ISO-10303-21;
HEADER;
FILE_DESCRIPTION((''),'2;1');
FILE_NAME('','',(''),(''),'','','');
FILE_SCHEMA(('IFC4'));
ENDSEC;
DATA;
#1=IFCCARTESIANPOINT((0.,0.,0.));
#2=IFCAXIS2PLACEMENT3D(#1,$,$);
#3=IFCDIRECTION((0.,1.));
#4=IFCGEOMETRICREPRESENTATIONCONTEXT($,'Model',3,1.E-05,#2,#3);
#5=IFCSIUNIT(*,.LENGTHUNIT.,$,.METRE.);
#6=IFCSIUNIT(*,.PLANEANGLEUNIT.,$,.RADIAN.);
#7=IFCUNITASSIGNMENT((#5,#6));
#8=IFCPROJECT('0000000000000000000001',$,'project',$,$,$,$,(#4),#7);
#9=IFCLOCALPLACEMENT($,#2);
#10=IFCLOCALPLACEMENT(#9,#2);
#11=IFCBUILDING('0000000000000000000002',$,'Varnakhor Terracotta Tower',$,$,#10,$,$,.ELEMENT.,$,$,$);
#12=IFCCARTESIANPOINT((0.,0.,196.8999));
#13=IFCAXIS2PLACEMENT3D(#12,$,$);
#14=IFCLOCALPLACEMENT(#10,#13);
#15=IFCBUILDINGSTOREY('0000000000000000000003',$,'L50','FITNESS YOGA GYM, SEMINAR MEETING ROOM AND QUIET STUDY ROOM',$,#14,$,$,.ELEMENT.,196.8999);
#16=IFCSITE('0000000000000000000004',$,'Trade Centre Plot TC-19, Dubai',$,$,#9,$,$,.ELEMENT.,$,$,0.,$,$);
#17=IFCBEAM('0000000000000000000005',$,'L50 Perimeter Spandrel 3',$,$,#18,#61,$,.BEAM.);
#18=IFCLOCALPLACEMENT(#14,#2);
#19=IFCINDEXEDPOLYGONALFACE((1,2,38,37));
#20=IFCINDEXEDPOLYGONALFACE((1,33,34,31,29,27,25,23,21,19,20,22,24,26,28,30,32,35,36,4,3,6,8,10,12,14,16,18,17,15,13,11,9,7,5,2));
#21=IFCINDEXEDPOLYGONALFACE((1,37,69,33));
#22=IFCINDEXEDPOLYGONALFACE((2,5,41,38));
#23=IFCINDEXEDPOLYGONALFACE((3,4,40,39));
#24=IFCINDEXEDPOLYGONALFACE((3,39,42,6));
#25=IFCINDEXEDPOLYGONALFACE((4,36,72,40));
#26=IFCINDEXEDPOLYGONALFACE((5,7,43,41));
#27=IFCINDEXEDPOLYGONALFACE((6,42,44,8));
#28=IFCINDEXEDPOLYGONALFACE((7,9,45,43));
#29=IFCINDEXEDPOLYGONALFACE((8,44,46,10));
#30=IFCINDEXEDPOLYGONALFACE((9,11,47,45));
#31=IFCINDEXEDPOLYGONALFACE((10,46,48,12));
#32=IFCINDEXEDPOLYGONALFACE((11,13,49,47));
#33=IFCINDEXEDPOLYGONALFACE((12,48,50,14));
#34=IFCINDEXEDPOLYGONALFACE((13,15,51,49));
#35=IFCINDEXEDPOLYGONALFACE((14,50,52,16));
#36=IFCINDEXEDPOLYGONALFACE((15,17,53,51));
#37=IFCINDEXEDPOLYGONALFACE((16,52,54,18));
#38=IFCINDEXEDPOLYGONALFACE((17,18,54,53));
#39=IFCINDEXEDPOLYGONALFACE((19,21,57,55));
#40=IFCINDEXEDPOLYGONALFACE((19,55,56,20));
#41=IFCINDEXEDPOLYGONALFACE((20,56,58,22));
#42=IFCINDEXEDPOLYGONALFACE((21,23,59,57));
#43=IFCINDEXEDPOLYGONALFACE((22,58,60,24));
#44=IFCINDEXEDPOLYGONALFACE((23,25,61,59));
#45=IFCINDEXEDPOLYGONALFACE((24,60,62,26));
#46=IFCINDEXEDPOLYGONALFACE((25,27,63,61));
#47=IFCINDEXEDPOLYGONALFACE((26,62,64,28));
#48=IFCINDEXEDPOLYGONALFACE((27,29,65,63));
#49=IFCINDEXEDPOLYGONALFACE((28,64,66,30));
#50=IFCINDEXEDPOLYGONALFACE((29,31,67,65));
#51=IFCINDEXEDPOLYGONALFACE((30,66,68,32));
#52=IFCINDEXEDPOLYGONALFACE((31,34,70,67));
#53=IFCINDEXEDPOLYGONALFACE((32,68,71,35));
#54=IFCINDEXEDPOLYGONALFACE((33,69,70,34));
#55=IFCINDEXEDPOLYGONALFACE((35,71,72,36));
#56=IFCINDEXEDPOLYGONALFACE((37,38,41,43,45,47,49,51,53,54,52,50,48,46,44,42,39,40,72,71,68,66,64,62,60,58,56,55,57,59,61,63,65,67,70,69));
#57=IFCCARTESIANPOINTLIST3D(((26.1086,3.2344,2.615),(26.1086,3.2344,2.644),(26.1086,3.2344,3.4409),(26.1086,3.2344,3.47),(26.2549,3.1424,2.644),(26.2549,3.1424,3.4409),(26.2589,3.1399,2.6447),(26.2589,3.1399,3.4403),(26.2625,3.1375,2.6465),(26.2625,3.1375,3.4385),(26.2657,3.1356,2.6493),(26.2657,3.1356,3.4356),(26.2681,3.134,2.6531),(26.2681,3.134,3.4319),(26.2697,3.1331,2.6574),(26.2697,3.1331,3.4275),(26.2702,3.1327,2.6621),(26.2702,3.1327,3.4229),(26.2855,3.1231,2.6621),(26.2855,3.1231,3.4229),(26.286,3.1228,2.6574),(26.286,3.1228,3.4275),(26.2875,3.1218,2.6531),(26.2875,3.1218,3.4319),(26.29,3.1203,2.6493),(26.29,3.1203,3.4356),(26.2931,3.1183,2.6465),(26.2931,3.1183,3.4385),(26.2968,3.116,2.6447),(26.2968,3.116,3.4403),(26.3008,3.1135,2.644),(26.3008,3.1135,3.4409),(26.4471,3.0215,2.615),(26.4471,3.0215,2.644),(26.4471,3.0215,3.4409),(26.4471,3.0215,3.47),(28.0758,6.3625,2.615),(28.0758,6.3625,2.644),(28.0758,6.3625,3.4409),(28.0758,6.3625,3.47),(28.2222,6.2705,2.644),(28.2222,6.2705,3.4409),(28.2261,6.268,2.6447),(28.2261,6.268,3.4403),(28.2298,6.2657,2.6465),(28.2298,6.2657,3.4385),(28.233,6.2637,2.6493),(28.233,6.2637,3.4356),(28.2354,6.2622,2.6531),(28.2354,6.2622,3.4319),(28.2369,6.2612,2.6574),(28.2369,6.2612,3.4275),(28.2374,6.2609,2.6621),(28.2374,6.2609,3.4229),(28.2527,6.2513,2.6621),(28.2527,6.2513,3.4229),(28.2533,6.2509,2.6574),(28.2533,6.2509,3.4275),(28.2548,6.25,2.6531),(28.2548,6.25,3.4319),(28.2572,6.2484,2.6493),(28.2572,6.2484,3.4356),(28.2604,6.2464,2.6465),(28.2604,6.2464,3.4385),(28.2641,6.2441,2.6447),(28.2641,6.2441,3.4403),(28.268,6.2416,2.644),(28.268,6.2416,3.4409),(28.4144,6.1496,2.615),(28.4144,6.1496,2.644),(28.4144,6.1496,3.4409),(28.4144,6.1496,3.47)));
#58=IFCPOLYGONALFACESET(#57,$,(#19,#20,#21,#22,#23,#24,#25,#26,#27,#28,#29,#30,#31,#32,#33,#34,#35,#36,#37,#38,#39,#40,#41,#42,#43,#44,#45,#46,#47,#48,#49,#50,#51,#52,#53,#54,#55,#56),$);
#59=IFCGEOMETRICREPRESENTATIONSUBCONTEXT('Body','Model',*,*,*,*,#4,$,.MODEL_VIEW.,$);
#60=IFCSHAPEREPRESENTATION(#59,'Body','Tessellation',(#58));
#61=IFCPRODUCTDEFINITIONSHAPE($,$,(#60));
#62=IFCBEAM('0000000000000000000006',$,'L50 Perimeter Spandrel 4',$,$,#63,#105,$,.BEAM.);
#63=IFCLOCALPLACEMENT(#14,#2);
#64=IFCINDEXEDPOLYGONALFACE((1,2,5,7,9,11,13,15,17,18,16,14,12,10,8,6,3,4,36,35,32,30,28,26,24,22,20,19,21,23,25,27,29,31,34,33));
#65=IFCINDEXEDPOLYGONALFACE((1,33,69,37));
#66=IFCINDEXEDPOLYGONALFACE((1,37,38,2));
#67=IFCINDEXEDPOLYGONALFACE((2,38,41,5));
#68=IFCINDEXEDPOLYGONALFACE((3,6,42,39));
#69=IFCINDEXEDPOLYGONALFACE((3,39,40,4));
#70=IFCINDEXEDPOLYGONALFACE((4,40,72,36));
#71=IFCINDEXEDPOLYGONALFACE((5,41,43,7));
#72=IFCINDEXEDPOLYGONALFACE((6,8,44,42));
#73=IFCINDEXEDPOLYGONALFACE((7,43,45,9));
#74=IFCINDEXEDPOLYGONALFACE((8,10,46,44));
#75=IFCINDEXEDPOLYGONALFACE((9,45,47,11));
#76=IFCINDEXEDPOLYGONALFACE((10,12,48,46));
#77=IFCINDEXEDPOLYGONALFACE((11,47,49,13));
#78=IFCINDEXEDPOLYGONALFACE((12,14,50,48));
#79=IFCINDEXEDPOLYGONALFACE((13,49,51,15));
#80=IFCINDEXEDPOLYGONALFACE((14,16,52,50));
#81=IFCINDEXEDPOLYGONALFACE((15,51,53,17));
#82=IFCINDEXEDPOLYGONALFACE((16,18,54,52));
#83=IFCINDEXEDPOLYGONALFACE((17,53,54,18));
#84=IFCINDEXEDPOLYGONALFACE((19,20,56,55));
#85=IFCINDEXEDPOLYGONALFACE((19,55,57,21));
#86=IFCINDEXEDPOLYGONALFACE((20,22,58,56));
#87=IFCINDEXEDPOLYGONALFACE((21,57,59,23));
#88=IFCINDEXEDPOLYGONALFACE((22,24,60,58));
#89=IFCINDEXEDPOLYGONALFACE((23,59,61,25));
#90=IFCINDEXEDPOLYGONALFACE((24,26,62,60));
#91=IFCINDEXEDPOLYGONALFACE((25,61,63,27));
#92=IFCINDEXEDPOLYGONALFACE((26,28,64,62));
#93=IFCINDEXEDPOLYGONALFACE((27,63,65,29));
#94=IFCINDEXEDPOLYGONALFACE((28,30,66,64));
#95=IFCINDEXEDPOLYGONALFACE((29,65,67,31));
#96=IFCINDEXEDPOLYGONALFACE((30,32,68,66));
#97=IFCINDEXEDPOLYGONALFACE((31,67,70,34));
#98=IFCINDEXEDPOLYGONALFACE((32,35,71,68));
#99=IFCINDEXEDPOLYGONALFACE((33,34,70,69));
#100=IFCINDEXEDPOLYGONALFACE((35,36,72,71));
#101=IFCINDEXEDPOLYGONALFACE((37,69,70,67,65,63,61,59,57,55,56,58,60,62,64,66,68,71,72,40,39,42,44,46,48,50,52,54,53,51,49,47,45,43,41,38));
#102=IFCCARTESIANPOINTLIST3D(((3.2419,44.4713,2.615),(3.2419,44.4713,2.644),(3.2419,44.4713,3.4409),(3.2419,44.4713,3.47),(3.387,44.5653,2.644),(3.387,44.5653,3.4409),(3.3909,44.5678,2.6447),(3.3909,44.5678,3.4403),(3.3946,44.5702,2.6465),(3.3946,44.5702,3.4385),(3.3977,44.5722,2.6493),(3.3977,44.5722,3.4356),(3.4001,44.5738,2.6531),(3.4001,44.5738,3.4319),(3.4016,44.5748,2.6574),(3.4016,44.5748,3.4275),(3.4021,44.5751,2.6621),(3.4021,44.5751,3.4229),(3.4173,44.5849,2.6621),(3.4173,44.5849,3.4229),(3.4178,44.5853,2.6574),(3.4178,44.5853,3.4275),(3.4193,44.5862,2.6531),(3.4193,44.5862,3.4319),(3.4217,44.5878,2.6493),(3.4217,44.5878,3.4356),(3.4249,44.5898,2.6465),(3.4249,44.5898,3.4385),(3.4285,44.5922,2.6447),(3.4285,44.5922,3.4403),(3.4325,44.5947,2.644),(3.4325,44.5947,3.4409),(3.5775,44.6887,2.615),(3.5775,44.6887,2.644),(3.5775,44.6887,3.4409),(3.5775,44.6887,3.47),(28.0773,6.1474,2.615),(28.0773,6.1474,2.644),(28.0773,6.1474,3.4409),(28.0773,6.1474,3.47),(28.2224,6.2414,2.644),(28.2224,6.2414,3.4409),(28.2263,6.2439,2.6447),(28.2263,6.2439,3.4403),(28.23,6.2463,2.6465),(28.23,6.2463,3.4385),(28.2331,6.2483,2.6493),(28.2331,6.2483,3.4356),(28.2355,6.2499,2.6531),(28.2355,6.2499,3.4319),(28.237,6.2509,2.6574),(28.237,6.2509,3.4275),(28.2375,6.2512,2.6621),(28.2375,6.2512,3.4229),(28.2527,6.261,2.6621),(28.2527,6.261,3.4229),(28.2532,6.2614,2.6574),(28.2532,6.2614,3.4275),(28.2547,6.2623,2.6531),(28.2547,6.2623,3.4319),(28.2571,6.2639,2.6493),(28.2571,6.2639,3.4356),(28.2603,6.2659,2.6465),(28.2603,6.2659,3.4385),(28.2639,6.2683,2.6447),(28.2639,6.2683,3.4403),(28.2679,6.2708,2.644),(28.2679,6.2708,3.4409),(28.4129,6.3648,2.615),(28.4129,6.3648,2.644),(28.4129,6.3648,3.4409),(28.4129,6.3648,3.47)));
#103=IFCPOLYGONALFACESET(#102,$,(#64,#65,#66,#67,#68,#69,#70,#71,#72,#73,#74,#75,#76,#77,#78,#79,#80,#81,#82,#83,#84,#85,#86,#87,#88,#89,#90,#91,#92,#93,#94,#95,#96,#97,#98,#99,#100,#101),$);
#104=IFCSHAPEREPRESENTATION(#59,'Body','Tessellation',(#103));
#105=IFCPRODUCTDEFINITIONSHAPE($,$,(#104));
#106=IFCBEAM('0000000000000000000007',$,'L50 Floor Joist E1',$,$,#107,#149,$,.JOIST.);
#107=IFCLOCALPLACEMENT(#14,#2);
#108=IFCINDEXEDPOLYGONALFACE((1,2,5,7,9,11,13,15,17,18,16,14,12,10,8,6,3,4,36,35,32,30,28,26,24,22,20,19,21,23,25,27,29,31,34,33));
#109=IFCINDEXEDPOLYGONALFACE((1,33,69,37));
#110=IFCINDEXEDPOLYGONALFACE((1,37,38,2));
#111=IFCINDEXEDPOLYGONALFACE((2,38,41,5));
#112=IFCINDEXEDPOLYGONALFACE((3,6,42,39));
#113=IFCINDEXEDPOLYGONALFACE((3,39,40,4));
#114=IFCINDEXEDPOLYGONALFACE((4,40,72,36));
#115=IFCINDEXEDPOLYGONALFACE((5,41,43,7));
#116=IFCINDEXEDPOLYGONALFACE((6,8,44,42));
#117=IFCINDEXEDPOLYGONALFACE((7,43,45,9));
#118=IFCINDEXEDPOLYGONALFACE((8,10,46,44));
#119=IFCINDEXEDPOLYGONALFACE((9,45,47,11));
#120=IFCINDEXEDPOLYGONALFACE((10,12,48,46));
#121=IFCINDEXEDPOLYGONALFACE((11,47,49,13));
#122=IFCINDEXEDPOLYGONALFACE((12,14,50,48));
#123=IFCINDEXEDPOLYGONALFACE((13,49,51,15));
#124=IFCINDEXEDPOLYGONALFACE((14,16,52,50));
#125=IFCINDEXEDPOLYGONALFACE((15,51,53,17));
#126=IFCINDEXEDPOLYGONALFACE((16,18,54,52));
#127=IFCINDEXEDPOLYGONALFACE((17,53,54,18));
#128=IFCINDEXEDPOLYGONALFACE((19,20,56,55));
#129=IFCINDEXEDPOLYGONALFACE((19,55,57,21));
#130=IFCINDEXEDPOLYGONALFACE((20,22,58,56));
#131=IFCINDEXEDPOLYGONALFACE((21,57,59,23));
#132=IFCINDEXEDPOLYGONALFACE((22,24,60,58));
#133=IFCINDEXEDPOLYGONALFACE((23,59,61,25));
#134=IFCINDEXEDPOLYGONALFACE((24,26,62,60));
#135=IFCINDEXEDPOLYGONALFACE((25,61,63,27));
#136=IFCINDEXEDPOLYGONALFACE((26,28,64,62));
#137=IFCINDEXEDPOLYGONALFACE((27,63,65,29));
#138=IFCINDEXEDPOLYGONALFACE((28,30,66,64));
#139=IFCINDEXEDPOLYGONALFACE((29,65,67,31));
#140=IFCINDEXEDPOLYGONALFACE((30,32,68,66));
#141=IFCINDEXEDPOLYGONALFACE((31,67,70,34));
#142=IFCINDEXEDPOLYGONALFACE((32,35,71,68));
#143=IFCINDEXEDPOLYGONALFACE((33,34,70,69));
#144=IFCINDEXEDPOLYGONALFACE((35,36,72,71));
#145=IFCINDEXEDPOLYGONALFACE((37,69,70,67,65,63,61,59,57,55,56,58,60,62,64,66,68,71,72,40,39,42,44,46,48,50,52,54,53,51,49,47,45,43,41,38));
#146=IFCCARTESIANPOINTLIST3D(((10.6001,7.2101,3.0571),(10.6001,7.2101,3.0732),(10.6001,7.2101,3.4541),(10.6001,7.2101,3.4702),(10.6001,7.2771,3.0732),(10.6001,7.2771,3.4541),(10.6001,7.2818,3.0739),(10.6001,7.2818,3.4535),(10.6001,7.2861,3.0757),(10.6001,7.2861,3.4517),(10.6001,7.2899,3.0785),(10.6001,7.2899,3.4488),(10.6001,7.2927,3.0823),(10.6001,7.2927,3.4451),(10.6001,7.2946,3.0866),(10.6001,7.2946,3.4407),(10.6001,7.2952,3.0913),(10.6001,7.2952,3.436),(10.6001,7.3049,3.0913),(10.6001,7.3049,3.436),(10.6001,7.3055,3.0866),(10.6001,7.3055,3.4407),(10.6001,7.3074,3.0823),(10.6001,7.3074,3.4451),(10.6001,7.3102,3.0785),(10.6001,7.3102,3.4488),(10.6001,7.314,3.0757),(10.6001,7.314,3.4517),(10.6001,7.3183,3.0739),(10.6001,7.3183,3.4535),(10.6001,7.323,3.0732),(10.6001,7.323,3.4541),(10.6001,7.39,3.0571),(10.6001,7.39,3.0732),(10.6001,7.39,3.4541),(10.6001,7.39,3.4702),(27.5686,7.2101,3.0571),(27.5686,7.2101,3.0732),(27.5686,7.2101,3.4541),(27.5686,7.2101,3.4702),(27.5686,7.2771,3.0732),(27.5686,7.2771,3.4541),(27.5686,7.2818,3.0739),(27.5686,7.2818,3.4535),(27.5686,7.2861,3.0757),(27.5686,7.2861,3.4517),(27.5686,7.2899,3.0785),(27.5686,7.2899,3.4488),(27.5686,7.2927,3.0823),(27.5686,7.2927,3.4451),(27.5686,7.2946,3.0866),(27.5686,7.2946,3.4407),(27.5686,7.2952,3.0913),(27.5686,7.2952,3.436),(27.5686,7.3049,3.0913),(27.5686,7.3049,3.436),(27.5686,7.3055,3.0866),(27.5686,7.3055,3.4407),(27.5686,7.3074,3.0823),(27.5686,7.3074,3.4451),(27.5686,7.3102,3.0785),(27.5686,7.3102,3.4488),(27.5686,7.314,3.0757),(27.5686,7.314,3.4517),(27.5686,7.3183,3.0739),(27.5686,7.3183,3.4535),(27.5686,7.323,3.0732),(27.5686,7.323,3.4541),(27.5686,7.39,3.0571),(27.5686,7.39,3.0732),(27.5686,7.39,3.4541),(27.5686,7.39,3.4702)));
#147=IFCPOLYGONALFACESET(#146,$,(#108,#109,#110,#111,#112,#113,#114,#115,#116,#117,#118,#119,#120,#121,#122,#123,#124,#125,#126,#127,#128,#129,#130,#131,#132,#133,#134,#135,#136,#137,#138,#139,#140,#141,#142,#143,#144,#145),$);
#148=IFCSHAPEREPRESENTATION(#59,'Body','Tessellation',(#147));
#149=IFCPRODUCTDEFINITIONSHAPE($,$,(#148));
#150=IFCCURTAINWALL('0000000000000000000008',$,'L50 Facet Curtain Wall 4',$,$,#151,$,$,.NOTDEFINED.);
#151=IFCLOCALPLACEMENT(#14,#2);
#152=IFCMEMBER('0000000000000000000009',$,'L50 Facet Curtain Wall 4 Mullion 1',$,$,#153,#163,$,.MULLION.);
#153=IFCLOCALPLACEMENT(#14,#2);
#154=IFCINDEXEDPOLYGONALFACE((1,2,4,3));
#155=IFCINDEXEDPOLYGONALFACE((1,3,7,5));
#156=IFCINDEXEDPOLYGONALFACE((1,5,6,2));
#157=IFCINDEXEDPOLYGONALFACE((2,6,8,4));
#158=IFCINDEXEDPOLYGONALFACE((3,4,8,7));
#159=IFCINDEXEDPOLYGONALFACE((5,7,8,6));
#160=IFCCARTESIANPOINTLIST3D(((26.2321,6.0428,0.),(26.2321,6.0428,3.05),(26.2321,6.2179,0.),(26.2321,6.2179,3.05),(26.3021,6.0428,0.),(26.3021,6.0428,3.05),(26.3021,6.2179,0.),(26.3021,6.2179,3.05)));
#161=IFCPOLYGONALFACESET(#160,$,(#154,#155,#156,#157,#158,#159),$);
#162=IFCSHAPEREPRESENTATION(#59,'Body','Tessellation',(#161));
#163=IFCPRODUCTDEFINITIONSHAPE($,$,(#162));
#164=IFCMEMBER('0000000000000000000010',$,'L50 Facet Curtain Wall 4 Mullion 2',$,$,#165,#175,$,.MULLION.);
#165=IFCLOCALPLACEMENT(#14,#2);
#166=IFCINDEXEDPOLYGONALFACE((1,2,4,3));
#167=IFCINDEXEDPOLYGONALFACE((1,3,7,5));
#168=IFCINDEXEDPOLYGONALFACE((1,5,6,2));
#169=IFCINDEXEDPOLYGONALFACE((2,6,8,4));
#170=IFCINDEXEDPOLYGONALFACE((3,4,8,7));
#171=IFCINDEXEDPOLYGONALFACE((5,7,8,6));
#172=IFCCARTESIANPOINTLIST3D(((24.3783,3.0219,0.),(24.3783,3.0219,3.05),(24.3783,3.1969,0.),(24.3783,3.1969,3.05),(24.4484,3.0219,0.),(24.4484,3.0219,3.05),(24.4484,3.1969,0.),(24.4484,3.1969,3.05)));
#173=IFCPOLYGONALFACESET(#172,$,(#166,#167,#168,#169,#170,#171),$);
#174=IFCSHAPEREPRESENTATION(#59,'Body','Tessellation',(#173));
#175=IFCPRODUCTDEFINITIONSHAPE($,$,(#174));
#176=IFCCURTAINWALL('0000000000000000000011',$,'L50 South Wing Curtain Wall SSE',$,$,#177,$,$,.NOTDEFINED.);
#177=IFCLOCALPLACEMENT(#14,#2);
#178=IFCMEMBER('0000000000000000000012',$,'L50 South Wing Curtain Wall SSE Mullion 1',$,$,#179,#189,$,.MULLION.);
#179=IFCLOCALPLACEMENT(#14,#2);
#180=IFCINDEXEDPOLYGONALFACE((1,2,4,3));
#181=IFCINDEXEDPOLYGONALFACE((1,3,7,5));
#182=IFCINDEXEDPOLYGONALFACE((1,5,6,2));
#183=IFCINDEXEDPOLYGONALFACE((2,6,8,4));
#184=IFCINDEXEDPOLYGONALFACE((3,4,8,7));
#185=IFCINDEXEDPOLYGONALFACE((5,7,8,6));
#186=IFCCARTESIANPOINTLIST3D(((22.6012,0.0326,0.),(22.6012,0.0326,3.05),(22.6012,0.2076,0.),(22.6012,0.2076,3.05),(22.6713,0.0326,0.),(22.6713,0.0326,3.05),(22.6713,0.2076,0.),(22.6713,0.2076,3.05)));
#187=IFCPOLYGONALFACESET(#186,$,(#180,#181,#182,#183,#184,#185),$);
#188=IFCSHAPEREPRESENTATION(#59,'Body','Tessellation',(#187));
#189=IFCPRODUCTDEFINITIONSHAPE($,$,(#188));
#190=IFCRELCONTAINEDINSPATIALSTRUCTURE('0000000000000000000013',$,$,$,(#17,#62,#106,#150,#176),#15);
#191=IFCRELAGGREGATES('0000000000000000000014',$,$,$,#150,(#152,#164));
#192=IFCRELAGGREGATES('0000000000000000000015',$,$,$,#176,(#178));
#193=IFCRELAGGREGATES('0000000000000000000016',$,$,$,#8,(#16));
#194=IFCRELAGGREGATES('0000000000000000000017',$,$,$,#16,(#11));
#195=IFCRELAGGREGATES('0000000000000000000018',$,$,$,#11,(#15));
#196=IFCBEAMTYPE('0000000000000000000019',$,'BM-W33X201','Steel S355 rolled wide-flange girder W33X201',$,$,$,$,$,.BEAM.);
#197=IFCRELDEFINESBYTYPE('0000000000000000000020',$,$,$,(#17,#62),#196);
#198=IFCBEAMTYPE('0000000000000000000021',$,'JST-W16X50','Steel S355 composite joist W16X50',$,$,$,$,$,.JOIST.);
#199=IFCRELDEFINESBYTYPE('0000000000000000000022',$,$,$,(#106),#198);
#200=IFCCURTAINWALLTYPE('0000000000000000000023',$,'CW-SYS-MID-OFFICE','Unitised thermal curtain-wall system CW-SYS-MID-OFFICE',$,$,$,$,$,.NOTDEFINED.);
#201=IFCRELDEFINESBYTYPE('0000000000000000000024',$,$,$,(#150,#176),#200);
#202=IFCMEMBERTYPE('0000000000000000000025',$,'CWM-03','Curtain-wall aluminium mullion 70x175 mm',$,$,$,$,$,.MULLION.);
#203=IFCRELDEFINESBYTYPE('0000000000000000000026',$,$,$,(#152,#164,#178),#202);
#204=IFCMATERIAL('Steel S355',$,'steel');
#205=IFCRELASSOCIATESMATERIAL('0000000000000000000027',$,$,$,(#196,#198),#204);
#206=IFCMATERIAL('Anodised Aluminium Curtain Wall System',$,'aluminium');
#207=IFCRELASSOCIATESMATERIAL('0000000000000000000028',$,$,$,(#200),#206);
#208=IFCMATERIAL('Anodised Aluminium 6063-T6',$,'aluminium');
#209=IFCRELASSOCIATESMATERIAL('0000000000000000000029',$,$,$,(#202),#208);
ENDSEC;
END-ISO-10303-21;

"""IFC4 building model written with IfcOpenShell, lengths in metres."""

from ifc_helpers import new_model, si_unit, direction, frame, origin, origin_2d, place, context, subcontext, project, spatial, rectangle, i_section, extrude, source, transform, mapped, material, material_profile, profile_set, type_object, element, aggregate, save


model = new_model("IFC4")

# Units and contexts
model_context = context("Model", 3, precision=1e-05, world=origin(), true_north=direction((0.0, 1.0)))
body_context = subcontext(model_context, "Body", "Model", "MODEL_VIEW")
ifc_project = project(units=[si_unit("LENGTHUNIT", "METRE"), si_unit("PLANEANGLEUNIT", "RADIAN")], contexts=[model_context])

# Site, building, storey
site_placement = place(None, origin())
site = spatial("IfcSite", under=ifc_project, at=site_placement, Name="Trade Centre Plot TC-19, Dubai", CompositionType="ELEMENT", RefElevation=0.0)
building_placement = place(site_placement, origin())
building = spatial("IfcBuilding", under=site, at=building_placement, Name="Varnakhor Terracotta Tower", CompositionType="ELEMENT")
storey_placement = place(building_placement, frame((0.0, 0.0, 196.8999)))
storey = spatial("IfcBuildingStorey", under=building, at=storey_placement, Name="L50", Description="FITNESS YOGA GYM, SEMINAR MEETING ROOM AND QUIET STUDY ROOM", CompositionType="ELEMENT", Elevation=196.8999)

# Beams
ifc_material_1 = material(Name="Steel S355", Category="steel")
ifc_material_profile_1 = material_profile(ifc_material_1, i_section(OverallWidth=0.3999, OverallDepth=0.855, WebThickness=0.0181, FlangeThickness=0.0291, FilletRadius=0.0181, at=origin_2d()), Name="W33X201")
ifc_profile_set_1 = profile_set([ifc_material_profile_1], Name="Steel S355")
beam_type_1 = type_object("IfcBeamType", Name="BM-W33X201", Description="Steel S355 rolled wide-flange girder W33X201", PredefinedType="BEAM", material=ifc_profile_set_1)
shared_shape_1 = source(origin(), body_context, "Body", "SweptSolid", [
    extrude(i_section(OverallWidth=0.3999, OverallDepth=0.855, WebThickness=0.0181, FlangeThickness=0.0291, FilletRadius=0.0181, at=origin_2d()), origin(), (0.0, 0.0, 1.0), 3.6953),
])
beam_1_placement = place(storey_placement, frame((26.2778, 3.1279, 3.0425), z_axis=(0.532366, 0.846514, 0.0), x_axis=(-0.846514, 0.532366, 0.0)))
element("IfcBeam", 1, at=beam_1_placement, inside=storey, type_object=beam_type_1, Name="L50 Perimeter Spandrel 3", PredefinedType="BEAM", context=body_context, shape_type="MappedRepresentation", body=[
    mapped(shared_shape_1, transform((0.0, 0.0, 0.0), scale=1.0)),
])
shared_shape_2 = source(origin(), body_context, "Body", "SweptSolid", [
    extrude(i_section(OverallWidth=0.3999, OverallDepth=0.855, WebThickness=0.0181, FlangeThickness=0.0291, FilletRadius=0.0181, at=origin_2d()), origin(), (0.0, 0.0, 1.0), 45.6675),
])
beam_2_placement = place(storey_placement, frame((28.2451, 6.2561, 3.0425), z_axis=(-0.543831, 0.839195, 0.0), x_axis=(-0.839195, -0.543831, 0.0)))
element("IfcBeam", 2, at=beam_2_placement, inside=storey, type_object=beam_type_1, Name="L50 Perimeter Spandrel 4", PredefinedType="BEAM", context=body_context, shape_type="MappedRepresentation", body=[
    mapped(shared_shape_2, transform((0.0, 0.0, 0.0), scale=1.0)),
])
ifc_material_profile_2 = material_profile(ifc_material_1, i_section(OverallWidth=0.1799, OverallDepth=0.4131, WebThickness=0.0098, FlangeThickness=0.0161, FilletRadius=0.0181, at=origin_2d()), Name="W16X50")
ifc_profile_set_2 = profile_set([ifc_material_profile_2], Name="Steel S355")
beam_type_2 = type_object("IfcBeamType", Name="JST-W16X50", Description="Steel S355 composite joist W16X50", PredefinedType="JOIST", material=ifc_profile_set_2)
shared_shape_3 = source(origin(), body_context, "Body", "SweptSolid", [
    extrude(i_section(OverallWidth=0.1799, OverallDepth=0.4131, WebThickness=0.0098, FlangeThickness=0.0161, FilletRadius=0.0181, at=origin_2d()), origin(), (0.0, 0.0, 1.0), 16.9685),
])
beam_3_placement = place(storey_placement, frame((10.6001, 7.3, 3.2637), z_axis=(1.0, 0.0, 0.0), x_axis=(0.0, 1.0, 0.0)))
element("IfcBeam", 3, at=beam_3_placement, inside=storey, type_object=beam_type_2, Name="L50 Floor Joist E1", PredefinedType="JOIST", context=body_context, shape_type="MappedRepresentation", body=[
    mapped(shared_shape_3, transform((0.0, 0.0, 0.0), scale=1.0)),
])

# Curtain walls, members
ifc_material_2 = material(Name="Anodised Aluminium Curtain Wall System", Category="aluminium")
curtain_wall_type = type_object("IfcCurtainWallType", Name="CW-SYS-MID-OFFICE", Description="Unitised thermal curtain-wall system CW-SYS-MID-OFFICE", PredefinedType="NOTDEFINED", material=ifc_material_2)
curtain_wall_1_placement = place(storey_placement, origin())
curtain_wall_1 = element("IfcCurtainWall", 4, at=curtain_wall_1_placement, inside=storey, type_object=curtain_wall_type, Name="L50 Facet Curtain Wall 4", PredefinedType="NOTDEFINED")
ifc_material_3 = material(Name="Anodised Aluminium 6063-T6", Category="aluminium")
ifc_material_profile_3 = material_profile(ifc_material_3, rectangle(XDim=0.0701, YDim=0.175, at=origin_2d()), Name="ALU MULLION 70x175")
ifc_profile_set_3 = profile_set([ifc_material_profile_3], Name="Anodised Aluminium 6063-T6")
member_type_1 = type_object("IfcMemberType", Name="CWM-03", Description="Curtain-wall aluminium mullion 70x175 mm", PredefinedType="MULLION", material=ifc_profile_set_3)
shared_shape_4 = source(origin(), body_context, "Body", "SweptSolid", [
    extrude(rectangle(XDim=0.0701, YDim=0.175, at=origin_2d()), origin(), (0.0, 0.0, 1.0), 3.05),
])
member_1_placement = place(storey_placement, frame((26.2671, 6.1304, 0.0), z_axis=(0.0, 0.0, 1.0), x_axis=(1.0, 0.0, 0.0)))
member_1 = element("IfcMember", 5, at=member_1_placement, type_object=member_type_1, Name="L50 Facet Curtain Wall 4 Mullion 1", PredefinedType="MULLION", context=body_context, shape_type="MappedRepresentation", body=[
    mapped(shared_shape_4, transform((0.0, 0.0, 0.0), scale=1.0)),
])
member_2_placement = place(storey_placement, frame((24.4133, 3.1094, 0.0), z_axis=(0.0, 0.0, 1.0), x_axis=(1.0, 0.0, 0.0)))
member_2 = element("IfcMember", 6, at=member_2_placement, type_object=member_type_1, Name="L50 Facet Curtain Wall 4 Mullion 2", PredefinedType="MULLION", context=body_context, shape_type="MappedRepresentation", body=[
    mapped(shared_shape_4, transform((0.0, 0.0, 0.0), scale=1.0)),
])
curtain_wall_2_placement = place(storey_placement, origin())
curtain_wall_2 = element("IfcCurtainWall", 7, at=curtain_wall_2_placement, inside=storey, type_object=curtain_wall_type, Name="L50 South Wing Curtain Wall SSE", PredefinedType="NOTDEFINED")
member_3_placement = place(storey_placement, frame((22.6362, 0.1201, 0.0), z_axis=(0.0, 0.0, 1.0), x_axis=(1.0, 0.0, 0.0)))
member_3 = element("IfcMember", 8, at=member_3_placement, type_object=member_type_1, Name="L50 South Wing Curtain Wall SSE Mullion 1", PredefinedType="MULLION", context=body_context, shape_type="MappedRepresentation", body=[
    mapped(shared_shape_4, transform((0.0, 0.0, 0.0), scale=1.0)),
])

aggregate(curtain_wall_1, [member_1, member_2])
aggregate(curtain_wall_2, [member_3])

save(model, "model.ifc")
